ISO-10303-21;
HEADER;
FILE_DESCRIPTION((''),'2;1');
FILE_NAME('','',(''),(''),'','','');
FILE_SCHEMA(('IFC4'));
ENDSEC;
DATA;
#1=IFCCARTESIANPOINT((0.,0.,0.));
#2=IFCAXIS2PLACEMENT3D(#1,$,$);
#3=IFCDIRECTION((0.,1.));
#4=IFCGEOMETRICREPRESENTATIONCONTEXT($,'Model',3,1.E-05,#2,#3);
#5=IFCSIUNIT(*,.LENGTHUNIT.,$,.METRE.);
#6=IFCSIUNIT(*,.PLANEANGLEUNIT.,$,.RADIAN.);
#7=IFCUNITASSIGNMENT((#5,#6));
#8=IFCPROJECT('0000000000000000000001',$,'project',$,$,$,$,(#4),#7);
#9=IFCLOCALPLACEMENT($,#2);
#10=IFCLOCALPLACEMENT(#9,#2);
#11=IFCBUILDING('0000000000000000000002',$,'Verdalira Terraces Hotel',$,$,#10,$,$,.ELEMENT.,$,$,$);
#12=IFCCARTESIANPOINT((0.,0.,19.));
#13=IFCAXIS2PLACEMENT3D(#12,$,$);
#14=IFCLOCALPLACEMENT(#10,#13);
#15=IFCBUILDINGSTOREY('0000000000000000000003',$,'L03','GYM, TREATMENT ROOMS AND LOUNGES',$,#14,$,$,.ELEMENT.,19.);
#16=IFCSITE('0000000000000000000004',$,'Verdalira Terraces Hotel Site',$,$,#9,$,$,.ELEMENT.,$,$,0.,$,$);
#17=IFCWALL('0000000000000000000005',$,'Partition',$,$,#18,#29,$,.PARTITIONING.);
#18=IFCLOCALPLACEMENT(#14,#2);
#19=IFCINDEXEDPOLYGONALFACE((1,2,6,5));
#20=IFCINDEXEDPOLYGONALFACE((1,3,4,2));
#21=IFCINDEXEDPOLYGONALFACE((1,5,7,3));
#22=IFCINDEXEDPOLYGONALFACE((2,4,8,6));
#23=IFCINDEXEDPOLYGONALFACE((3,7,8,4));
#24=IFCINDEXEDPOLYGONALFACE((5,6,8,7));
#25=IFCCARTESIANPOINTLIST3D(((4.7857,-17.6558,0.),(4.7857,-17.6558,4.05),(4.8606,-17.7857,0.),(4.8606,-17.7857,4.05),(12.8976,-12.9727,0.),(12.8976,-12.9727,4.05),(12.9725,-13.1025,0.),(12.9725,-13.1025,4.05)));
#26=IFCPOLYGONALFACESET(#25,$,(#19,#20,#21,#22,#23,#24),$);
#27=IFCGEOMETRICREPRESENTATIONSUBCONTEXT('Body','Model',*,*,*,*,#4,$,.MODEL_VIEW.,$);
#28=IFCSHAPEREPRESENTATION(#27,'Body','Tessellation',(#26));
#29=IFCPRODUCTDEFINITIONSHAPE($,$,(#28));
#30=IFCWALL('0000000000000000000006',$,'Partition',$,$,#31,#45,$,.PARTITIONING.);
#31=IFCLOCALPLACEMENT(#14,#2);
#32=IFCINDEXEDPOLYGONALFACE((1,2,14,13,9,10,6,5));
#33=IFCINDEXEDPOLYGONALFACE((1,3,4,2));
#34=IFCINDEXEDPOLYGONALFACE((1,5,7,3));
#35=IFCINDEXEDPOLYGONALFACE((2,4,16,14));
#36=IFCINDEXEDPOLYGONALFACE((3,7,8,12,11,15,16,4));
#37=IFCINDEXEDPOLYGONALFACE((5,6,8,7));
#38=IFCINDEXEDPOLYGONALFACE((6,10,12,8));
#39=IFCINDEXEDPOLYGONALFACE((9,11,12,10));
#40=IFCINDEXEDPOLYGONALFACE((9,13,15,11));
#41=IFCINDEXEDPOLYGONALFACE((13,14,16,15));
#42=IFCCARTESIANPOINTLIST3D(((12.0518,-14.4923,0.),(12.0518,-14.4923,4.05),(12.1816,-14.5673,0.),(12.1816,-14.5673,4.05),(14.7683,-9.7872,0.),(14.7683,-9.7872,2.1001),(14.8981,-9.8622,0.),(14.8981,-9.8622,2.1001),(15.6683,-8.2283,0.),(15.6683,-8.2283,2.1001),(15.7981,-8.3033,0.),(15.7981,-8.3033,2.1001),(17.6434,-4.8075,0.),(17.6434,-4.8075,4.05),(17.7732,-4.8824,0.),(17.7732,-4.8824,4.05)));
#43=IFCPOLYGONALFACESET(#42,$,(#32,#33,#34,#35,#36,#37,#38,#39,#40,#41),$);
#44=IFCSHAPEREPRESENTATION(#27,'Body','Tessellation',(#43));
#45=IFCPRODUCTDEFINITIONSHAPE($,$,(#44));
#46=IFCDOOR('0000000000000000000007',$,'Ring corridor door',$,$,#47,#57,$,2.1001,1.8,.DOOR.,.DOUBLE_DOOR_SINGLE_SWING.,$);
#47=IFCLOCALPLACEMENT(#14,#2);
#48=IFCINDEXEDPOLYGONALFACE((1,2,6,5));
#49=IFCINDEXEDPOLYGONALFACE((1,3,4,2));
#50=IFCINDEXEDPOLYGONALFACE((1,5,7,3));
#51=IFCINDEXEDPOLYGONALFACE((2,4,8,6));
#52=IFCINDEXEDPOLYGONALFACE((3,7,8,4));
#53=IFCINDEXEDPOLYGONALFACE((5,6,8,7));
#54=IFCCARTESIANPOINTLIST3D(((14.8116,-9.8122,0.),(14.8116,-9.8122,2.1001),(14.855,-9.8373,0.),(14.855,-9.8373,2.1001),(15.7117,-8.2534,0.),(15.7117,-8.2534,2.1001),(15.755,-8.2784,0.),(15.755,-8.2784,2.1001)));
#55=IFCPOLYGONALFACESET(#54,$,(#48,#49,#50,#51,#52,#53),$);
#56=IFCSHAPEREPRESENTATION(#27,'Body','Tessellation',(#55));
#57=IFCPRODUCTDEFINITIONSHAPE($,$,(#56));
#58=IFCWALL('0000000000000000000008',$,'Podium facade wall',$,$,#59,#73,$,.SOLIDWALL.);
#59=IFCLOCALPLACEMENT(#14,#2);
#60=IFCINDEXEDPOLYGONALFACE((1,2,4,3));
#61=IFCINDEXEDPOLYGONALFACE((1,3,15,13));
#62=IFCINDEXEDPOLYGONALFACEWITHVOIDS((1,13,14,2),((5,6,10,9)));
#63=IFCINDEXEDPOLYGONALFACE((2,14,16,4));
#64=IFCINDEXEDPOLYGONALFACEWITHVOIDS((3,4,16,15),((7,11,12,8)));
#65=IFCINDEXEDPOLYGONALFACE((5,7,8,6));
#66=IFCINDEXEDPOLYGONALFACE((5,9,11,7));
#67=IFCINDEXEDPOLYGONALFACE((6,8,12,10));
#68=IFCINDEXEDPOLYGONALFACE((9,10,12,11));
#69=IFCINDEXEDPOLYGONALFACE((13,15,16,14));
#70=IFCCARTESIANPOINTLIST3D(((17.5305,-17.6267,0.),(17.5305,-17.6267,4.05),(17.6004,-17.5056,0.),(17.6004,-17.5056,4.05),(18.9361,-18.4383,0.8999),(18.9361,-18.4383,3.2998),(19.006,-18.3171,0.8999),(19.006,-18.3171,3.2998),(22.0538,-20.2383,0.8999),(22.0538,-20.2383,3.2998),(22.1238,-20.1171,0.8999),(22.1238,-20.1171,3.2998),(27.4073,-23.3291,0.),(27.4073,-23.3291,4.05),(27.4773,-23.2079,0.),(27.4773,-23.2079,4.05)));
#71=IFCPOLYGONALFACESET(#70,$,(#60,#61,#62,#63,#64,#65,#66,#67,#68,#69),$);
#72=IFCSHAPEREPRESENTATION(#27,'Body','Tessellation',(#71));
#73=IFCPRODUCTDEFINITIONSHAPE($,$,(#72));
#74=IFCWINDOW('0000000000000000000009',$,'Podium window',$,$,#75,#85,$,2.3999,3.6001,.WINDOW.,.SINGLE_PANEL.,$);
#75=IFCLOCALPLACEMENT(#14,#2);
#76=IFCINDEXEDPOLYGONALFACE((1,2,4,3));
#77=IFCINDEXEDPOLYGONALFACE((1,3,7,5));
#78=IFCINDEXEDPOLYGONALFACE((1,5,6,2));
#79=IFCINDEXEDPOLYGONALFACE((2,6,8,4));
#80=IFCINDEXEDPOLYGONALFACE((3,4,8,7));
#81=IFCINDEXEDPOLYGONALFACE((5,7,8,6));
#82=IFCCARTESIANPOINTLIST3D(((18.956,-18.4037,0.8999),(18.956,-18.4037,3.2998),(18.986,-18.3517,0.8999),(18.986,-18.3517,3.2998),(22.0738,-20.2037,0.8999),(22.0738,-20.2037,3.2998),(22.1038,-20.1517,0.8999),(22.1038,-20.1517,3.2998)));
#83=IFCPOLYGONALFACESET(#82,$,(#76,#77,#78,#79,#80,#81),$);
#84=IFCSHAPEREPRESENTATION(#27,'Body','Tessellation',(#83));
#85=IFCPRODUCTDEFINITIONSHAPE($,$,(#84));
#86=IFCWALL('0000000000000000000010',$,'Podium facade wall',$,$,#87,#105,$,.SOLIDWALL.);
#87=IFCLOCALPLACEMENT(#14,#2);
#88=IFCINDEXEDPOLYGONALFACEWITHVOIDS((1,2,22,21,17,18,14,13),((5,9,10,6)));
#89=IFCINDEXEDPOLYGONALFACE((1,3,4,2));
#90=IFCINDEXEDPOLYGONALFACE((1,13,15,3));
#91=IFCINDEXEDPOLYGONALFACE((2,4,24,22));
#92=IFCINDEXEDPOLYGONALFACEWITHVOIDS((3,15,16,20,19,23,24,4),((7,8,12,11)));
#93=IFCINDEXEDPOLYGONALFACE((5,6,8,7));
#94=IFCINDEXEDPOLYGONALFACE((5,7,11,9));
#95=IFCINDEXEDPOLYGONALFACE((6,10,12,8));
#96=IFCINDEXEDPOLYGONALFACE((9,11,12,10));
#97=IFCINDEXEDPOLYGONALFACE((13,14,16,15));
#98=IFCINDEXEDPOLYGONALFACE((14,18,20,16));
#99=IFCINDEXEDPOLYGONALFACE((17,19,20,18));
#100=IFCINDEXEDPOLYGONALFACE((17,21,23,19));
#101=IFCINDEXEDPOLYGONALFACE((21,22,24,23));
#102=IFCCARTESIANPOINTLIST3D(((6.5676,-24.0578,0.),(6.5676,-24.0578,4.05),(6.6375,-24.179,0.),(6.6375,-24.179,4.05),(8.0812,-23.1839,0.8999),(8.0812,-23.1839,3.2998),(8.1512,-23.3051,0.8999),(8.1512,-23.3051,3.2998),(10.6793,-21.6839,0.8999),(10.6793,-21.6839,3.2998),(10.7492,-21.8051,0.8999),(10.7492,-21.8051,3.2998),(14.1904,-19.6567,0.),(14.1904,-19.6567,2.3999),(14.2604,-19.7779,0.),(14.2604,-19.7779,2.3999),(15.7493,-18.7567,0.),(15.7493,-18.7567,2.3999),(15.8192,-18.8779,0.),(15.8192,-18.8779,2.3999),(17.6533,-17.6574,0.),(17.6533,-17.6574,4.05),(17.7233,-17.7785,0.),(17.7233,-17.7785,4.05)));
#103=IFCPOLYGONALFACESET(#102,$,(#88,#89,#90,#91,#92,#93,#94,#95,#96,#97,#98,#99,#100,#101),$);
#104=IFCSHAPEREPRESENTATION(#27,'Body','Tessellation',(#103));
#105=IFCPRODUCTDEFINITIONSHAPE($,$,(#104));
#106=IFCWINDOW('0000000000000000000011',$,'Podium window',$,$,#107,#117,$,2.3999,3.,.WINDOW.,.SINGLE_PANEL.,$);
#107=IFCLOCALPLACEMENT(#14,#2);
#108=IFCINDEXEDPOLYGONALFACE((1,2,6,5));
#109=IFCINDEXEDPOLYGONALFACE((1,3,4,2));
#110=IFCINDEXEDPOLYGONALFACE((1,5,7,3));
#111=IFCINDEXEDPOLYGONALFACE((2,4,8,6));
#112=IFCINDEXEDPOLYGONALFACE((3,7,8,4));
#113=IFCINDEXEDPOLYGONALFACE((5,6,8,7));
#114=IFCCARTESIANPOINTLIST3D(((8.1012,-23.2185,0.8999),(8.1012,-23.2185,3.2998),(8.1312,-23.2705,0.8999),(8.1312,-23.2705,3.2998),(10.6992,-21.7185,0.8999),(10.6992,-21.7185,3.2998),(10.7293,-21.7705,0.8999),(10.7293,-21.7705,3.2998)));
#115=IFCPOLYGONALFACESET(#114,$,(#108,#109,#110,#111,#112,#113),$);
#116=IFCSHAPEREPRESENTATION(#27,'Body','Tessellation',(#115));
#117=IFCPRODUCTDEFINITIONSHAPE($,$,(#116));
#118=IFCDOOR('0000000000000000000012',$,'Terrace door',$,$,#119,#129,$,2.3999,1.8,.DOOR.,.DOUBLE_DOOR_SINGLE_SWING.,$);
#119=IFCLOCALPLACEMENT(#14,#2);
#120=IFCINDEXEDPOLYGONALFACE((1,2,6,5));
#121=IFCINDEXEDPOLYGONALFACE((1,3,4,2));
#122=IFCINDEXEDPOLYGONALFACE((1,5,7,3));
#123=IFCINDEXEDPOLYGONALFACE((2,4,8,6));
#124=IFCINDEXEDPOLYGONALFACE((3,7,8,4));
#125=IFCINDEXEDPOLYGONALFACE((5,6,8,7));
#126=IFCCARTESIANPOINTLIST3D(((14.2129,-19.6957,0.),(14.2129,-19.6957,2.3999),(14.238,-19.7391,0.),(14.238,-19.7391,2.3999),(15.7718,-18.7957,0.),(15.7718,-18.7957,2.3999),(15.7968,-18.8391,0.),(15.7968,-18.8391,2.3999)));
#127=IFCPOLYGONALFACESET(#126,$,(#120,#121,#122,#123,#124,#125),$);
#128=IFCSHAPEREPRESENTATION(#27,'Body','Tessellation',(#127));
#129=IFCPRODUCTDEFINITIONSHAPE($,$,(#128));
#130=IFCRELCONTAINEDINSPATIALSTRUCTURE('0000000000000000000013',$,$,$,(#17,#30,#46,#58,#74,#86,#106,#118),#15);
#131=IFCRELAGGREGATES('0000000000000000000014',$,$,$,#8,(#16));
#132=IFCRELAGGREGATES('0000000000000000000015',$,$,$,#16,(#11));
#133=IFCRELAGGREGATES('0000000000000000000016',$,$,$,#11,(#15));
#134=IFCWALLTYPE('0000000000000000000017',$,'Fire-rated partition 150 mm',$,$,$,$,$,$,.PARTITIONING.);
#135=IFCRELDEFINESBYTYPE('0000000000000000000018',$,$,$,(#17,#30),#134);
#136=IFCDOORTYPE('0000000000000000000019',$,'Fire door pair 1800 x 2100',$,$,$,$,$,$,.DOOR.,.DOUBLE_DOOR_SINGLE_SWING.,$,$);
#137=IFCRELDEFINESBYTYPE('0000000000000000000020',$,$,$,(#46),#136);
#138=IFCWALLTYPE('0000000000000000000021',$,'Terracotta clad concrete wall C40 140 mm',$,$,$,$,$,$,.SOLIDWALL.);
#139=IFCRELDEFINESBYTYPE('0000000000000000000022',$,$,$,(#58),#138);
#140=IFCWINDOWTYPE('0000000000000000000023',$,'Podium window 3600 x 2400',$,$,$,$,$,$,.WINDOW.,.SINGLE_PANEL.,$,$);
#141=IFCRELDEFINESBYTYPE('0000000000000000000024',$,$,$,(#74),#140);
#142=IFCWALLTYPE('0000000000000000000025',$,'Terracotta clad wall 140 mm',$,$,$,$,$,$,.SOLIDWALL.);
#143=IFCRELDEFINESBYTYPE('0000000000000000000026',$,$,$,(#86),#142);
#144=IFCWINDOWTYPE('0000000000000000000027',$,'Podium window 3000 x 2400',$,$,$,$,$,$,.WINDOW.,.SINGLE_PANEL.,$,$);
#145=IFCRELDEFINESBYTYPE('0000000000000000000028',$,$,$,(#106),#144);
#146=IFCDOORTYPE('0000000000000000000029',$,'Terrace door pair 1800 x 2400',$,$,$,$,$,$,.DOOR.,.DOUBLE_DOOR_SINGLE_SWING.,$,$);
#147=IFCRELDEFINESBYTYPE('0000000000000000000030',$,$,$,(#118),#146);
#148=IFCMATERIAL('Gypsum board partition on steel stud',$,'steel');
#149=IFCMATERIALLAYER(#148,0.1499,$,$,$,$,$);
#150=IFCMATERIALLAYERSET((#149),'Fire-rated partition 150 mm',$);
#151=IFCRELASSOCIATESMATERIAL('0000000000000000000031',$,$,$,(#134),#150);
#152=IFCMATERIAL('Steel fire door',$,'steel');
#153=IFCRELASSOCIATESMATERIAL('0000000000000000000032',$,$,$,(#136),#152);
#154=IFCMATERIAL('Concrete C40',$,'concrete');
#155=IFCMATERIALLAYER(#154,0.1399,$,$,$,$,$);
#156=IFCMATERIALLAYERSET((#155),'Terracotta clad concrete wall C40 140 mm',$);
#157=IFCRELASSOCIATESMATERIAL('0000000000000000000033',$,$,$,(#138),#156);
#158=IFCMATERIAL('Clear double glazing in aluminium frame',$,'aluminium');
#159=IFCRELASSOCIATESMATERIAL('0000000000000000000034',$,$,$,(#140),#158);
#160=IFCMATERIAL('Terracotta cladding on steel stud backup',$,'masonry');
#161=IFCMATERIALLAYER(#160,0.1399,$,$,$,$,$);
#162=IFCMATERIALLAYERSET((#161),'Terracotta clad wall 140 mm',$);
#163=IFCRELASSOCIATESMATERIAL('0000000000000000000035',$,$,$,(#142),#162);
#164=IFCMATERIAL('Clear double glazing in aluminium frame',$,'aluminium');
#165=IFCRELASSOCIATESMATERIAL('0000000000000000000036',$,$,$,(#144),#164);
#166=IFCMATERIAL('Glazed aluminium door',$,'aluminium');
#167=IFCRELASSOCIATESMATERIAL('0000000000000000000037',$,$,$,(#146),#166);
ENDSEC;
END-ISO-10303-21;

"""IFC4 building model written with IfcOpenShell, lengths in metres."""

from ifc_helpers import new_model, si_unit, direction, frame, frame_2d, origin, place, context, subcontext, project, spatial, rectangle, extrude, material, layer, layer_set, type_object, element, fill, save


model = new_model("IFC4")

# Units and contexts
model_context = context("Model", 3, precision=1e-05, world=origin(), true_north=direction((0.0, 1.0)))
body_context = subcontext(model_context, "Body", "Model", "MODEL_VIEW")
ifc_project = project(units=[si_unit("LENGTHUNIT", "METRE"), si_unit("PLANEANGLEUNIT", "RADIAN")], contexts=[model_context])

# Site, building, storey
site_placement = place(None, origin())
site = spatial("IfcSite", under=ifc_project, at=site_placement, Name="Verdalira Terraces Hotel Site", CompositionType="ELEMENT", RefElevation=0.0)
building_placement = place(site_placement, origin())
building = spatial("IfcBuilding", under=site, at=building_placement, Name="Verdalira Terraces Hotel", CompositionType="ELEMENT")
storey_placement = place(building_placement, frame((0.0, 0.0, 19.0)))
storey = spatial("IfcBuildingStorey", under=building, at=storey_placement, Name="L03", Description="GYM, TREATMENT ROOMS AND LOUNGES", CompositionType="ELEMENT", Elevation=19.0)

# Wall
ifc_material_1 = material(Name="Gypsum board partition on steel stud", Category="steel")
ifc_layer_1 = layer(ifc_material_1, 0.1499)
ifc_layer_set_1 = layer_set([ifc_layer_1], Name="Fire-rated partition 150 mm")
wall_type_1 = type_object("IfcWallType", Name="Fire-rated partition 150 mm", PredefinedType="PARTITIONING", material=ifc_layer_set_1)
wall_1_placement = place(storey_placement, frame((12.9351, -13.0376, 0.0), z_axis=(0.0, 0.0, 1.0), x_axis=(-0.866037, -0.49998, 0.0)))
element("IfcWall", 1, at=wall_1_placement, inside=storey, type_object=wall_type_1, Name="Partition", PredefinedType="PARTITIONING", context=body_context, shape_type="SweptSolid", body=[
    extrude(rectangle(XDim=9.3667, YDim=0.1499, at=frame_2d((4.6833, 0.0))), origin(), (0.0, 0.0, 1.0), 4.05),
])

# Wall, opening, door
wall_2_placement = place(storey_placement, frame((12.1167, -14.5298, 0.0), z_axis=(0.0, 0.0, 1.0), x_axis=(0.500002, 0.866025, 0.0)))
wall_2 = element("IfcWall", 2, at=wall_2_placement, inside=storey, type_object=wall_type_1, Name="Partition", PredefinedType="PARTITIONING", context=body_context, shape_type="SweptSolid", body=[
    extrude(rectangle(XDim=11.1831, YDim=0.1499, at=frame_2d((5.5916, 0.0))), origin(), (0.0, 0.0, 1.0), 4.05),
])
opening_1_placement = place(wall_2_placement, frame((5.4331, 0.0, 0.0)))
opening_1 = element("IfcOpeningElement", 3, at=opening_1_placement, cuts=wall_2, PredefinedType="OPENING", context=body_context, shape_type="SweptSolid", body=[
    extrude(rectangle(XDim=1.8, YDim=2.1001, at=frame_2d((0.8999, 1.05))), frame((0.0, 0.085, 0.0), z_axis=(0.0, -1.0, 0.0), x_axis=(1.0, 0.0, 0.0)), (0.0, 0.0, 1.0), 0.1699),
])
ifc_material_2 = material(Name="Steel fire door", Category="steel")
door_type_1 = type_object("IfcDoorType", Name="Fire door pair 1800 x 2100", OperationType="DOUBLE_DOOR_SINGLE_SWING", PredefinedType="DOOR", material=ifc_material_2)
door_1_placement = place(opening_1_placement, origin())
door_1 = element("IfcDoor", 4, at=door_1_placement, inside=storey, type_object=door_type_1, Name="Ring corridor door", OperationType="DOUBLE_DOOR_SINGLE_SWING", OverallHeight=2.1001, OverallWidth=1.8, PredefinedType="DOOR", context=body_context, shape_type="SweptSolid", body=[
    extrude(rectangle(XDim=1.8, YDim=2.1001, at=frame_2d((0.8999, 1.05))), frame((0.0, 0.0249, 0.0), z_axis=(0.0, -1.0, 0.0), x_axis=(1.0, 0.0, 0.0)), (0.0, 0.0, 1.0), 0.05),
])
fill(opening_1, door_1)

# Wall, opening, window
ifc_material_3 = material(Name="Concrete C40", Category="concrete")
ifc_layer_2 = layer(ifc_material_3, 0.1399)
ifc_layer_set_2 = layer_set([ifc_layer_2], Name="Terracotta clad concrete wall C40 140 mm")
wall_type_2 = type_object("IfcWallType", Name="Terracotta clad concrete wall C40 140 mm", PredefinedType="SOLIDWALL", material=ifc_layer_set_2)
wall_3_placement = place(storey_placement, frame((17.5654, -17.5662, 0.0), z_axis=(0.0, 0.0, 1.0), x_axis=(0.866028, -0.499995, 0.0)))
wall_3 = element("IfcWall", 5, at=wall_3_placement, inside=storey, type_object=wall_type_2, Name="Podium facade wall", PredefinedType="SOLIDWALL", context=body_context, shape_type="SweptSolid", body=[
    extrude(rectangle(XDim=11.4048, YDim=0.1399, at=frame_2d((5.7024, 0.0))), origin(), (0.0, 0.0, 1.0), 4.05),
])
opening_2_placement = place(wall_3_placement, frame((1.623, 0.0, 0.8999)))
opening_2 = element("IfcOpeningElement", 6, at=opening_2_placement, cuts=wall_3, PredefinedType="OPENING", context=body_context, shape_type="SweptSolid", body=[
    extrude(rectangle(XDim=3.6001, YDim=2.3999, at=frame_2d((1.8, 1.2))), frame((0.0, 0.0798, 0.0), z_axis=(0.0, -1.0, 0.0), x_axis=(1.0, 0.0, 0.0)), (0.0, 0.0, 1.0), 0.1599),
])
ifc_material_4 = material(Name="Clear double glazing in aluminium frame", Category="aluminium")
window_type_1 = type_object("IfcWindowType", Name="Podium window 3600 x 2400", PartitioningType="SINGLE_PANEL", PredefinedType="WINDOW", material=ifc_material_4)
window_1_placement = place(opening_2_placement, origin())
window_1 = element("IfcWindow", 7, at=window_1_placement, inside=storey, type_object=window_type_1, Name="Podium window", OverallHeight=2.3999, OverallWidth=3.6001, PartitioningType="SINGLE_PANEL", PredefinedType="WINDOW", context=body_context, shape_type="SweptSolid", body=[
    extrude(rectangle(XDim=3.6001, YDim=2.3999, at=frame_2d((1.8, 1.2))), frame((0.0, 0.03, 0.0), z_axis=(0.0, -1.0, 0.0), x_axis=(1.0, 0.0, 0.0)), (0.0, 0.0, 1.0), 0.0601),
])
fill(opening_2, window_1)

# Wall, openings, window, door
ifc_material_5 = material(Name="Terracotta cladding on steel stud backup", Category="masonry")
ifc_layer_3 = layer(ifc_material_5, 0.1399)
ifc_layer_set_3 = layer_set([ifc_layer_3], Name="Terracotta clad wall 140 mm")
wall_type_3 = type_object("IfcWallType", Name="Terracotta clad wall 140 mm", PredefinedType="SOLIDWALL", material=ifc_layer_set_3)
wall_4_placement = place(storey_placement, frame((6.6025, -24.1184, 0.0), z_axis=(0.0, 0.0, 1.0), x_axis=(0.866023, 0.500004, 0.0)))
wall_4 = element("IfcWall", 8, at=wall_4_placement, inside=storey, type_object=wall_type_3, Name="Podium facade wall", PredefinedType="SOLIDWALL", context=body_context, shape_type="SweptSolid", body=[
    extrude(rectangle(XDim=12.8008, YDim=0.1399, at=frame_2d((6.4004, 0.0))), origin(), (0.0, 0.0, 1.0), 4.05),
])
opening_3_placement = place(wall_4_placement, frame((1.7478, 0.0, 0.8999)))
opening_3 = element("IfcOpeningElement", 9, at=opening_3_placement, cuts=wall_4, PredefinedType="OPENING", context=body_context, shape_type="SweptSolid", body=[
    extrude(rectangle(XDim=3.0, YDim=2.3999, at=frame_2d((1.5, 1.2))), frame((0.0, 0.0798, 0.0), z_axis=(0.0, -1.0, 0.0), x_axis=(1.0, 0.0, 0.0)), (0.0, 0.0, 1.0), 0.1599),
])
opening_4_placement = place(wall_4_placement, frame((8.8022, 0.0, 0.0)))
opening_4 = element("IfcOpeningElement", 10, at=opening_4_placement, cuts=wall_4, PredefinedType="OPENING", context=body_context, shape_type="SweptSolid", body=[
    extrude(rectangle(XDim=1.8, YDim=2.3999, at=frame_2d((0.8999, 1.2))), frame((0.0, 0.0798, 0.0), z_axis=(0.0, -1.0, 0.0), x_axis=(1.0, 0.0, 0.0)), (0.0, 0.0, 1.0), 0.1599),
])
ifc_material_6 = material(Name="Clear double glazing in aluminium frame", Category="aluminium")
window_type_2 = type_object("IfcWindowType", Name="Podium window 3000 x 2400", PartitioningType="SINGLE_PANEL", PredefinedType="WINDOW", material=ifc_material_6)
window_2_placement = place(opening_3_placement, origin())
window_2 = element("IfcWindow", 11, at=window_2_placement, inside=storey, type_object=window_type_2, Name="Podium window", OverallHeight=2.3999, OverallWidth=3.0, PartitioningType="SINGLE_PANEL", PredefinedType="WINDOW", context=body_context, shape_type="SweptSolid", body=[
    extrude(rectangle(XDim=3.0, YDim=2.3999, at=frame_2d((1.5, 1.2))), frame((0.0, 0.03, 0.0), z_axis=(0.0, -1.0, 0.0), x_axis=(1.0, 0.0, 0.0)), (0.0, 0.0, 1.0), 0.0601),
])
fill(opening_3, window_2)
ifc_material_7 = material(Name="Glazed aluminium door", Category="aluminium")
door_type_2 = type_object("IfcDoorType", Name="Terrace door pair 1800 x 2400", OperationType="DOUBLE_DOOR_SINGLE_SWING", PredefinedType="DOOR", material=ifc_material_7)
door_2_placement = place(opening_4_placement, origin())
door_2 = element("IfcDoor", 12, at=door_2_placement, inside=storey, type_object=door_type_2, Name="Terrace door", OperationType="DOUBLE_DOOR_SINGLE_SWING", OverallHeight=2.3999, OverallWidth=1.8, PredefinedType="DOOR", context=body_context, shape_type="SweptSolid", body=[
    extrude(rectangle(XDim=1.8, YDim=2.3999, at=frame_2d((0.8999, 1.2))), frame((0.0, 0.0249, 0.0), z_axis=(0.0, -1.0, 0.0), x_axis=(1.0, 0.0, 0.0)), (0.0, 0.0, 1.0), 0.05),
])
fill(opening_4, door_2)

save(model, "model.ifc")
